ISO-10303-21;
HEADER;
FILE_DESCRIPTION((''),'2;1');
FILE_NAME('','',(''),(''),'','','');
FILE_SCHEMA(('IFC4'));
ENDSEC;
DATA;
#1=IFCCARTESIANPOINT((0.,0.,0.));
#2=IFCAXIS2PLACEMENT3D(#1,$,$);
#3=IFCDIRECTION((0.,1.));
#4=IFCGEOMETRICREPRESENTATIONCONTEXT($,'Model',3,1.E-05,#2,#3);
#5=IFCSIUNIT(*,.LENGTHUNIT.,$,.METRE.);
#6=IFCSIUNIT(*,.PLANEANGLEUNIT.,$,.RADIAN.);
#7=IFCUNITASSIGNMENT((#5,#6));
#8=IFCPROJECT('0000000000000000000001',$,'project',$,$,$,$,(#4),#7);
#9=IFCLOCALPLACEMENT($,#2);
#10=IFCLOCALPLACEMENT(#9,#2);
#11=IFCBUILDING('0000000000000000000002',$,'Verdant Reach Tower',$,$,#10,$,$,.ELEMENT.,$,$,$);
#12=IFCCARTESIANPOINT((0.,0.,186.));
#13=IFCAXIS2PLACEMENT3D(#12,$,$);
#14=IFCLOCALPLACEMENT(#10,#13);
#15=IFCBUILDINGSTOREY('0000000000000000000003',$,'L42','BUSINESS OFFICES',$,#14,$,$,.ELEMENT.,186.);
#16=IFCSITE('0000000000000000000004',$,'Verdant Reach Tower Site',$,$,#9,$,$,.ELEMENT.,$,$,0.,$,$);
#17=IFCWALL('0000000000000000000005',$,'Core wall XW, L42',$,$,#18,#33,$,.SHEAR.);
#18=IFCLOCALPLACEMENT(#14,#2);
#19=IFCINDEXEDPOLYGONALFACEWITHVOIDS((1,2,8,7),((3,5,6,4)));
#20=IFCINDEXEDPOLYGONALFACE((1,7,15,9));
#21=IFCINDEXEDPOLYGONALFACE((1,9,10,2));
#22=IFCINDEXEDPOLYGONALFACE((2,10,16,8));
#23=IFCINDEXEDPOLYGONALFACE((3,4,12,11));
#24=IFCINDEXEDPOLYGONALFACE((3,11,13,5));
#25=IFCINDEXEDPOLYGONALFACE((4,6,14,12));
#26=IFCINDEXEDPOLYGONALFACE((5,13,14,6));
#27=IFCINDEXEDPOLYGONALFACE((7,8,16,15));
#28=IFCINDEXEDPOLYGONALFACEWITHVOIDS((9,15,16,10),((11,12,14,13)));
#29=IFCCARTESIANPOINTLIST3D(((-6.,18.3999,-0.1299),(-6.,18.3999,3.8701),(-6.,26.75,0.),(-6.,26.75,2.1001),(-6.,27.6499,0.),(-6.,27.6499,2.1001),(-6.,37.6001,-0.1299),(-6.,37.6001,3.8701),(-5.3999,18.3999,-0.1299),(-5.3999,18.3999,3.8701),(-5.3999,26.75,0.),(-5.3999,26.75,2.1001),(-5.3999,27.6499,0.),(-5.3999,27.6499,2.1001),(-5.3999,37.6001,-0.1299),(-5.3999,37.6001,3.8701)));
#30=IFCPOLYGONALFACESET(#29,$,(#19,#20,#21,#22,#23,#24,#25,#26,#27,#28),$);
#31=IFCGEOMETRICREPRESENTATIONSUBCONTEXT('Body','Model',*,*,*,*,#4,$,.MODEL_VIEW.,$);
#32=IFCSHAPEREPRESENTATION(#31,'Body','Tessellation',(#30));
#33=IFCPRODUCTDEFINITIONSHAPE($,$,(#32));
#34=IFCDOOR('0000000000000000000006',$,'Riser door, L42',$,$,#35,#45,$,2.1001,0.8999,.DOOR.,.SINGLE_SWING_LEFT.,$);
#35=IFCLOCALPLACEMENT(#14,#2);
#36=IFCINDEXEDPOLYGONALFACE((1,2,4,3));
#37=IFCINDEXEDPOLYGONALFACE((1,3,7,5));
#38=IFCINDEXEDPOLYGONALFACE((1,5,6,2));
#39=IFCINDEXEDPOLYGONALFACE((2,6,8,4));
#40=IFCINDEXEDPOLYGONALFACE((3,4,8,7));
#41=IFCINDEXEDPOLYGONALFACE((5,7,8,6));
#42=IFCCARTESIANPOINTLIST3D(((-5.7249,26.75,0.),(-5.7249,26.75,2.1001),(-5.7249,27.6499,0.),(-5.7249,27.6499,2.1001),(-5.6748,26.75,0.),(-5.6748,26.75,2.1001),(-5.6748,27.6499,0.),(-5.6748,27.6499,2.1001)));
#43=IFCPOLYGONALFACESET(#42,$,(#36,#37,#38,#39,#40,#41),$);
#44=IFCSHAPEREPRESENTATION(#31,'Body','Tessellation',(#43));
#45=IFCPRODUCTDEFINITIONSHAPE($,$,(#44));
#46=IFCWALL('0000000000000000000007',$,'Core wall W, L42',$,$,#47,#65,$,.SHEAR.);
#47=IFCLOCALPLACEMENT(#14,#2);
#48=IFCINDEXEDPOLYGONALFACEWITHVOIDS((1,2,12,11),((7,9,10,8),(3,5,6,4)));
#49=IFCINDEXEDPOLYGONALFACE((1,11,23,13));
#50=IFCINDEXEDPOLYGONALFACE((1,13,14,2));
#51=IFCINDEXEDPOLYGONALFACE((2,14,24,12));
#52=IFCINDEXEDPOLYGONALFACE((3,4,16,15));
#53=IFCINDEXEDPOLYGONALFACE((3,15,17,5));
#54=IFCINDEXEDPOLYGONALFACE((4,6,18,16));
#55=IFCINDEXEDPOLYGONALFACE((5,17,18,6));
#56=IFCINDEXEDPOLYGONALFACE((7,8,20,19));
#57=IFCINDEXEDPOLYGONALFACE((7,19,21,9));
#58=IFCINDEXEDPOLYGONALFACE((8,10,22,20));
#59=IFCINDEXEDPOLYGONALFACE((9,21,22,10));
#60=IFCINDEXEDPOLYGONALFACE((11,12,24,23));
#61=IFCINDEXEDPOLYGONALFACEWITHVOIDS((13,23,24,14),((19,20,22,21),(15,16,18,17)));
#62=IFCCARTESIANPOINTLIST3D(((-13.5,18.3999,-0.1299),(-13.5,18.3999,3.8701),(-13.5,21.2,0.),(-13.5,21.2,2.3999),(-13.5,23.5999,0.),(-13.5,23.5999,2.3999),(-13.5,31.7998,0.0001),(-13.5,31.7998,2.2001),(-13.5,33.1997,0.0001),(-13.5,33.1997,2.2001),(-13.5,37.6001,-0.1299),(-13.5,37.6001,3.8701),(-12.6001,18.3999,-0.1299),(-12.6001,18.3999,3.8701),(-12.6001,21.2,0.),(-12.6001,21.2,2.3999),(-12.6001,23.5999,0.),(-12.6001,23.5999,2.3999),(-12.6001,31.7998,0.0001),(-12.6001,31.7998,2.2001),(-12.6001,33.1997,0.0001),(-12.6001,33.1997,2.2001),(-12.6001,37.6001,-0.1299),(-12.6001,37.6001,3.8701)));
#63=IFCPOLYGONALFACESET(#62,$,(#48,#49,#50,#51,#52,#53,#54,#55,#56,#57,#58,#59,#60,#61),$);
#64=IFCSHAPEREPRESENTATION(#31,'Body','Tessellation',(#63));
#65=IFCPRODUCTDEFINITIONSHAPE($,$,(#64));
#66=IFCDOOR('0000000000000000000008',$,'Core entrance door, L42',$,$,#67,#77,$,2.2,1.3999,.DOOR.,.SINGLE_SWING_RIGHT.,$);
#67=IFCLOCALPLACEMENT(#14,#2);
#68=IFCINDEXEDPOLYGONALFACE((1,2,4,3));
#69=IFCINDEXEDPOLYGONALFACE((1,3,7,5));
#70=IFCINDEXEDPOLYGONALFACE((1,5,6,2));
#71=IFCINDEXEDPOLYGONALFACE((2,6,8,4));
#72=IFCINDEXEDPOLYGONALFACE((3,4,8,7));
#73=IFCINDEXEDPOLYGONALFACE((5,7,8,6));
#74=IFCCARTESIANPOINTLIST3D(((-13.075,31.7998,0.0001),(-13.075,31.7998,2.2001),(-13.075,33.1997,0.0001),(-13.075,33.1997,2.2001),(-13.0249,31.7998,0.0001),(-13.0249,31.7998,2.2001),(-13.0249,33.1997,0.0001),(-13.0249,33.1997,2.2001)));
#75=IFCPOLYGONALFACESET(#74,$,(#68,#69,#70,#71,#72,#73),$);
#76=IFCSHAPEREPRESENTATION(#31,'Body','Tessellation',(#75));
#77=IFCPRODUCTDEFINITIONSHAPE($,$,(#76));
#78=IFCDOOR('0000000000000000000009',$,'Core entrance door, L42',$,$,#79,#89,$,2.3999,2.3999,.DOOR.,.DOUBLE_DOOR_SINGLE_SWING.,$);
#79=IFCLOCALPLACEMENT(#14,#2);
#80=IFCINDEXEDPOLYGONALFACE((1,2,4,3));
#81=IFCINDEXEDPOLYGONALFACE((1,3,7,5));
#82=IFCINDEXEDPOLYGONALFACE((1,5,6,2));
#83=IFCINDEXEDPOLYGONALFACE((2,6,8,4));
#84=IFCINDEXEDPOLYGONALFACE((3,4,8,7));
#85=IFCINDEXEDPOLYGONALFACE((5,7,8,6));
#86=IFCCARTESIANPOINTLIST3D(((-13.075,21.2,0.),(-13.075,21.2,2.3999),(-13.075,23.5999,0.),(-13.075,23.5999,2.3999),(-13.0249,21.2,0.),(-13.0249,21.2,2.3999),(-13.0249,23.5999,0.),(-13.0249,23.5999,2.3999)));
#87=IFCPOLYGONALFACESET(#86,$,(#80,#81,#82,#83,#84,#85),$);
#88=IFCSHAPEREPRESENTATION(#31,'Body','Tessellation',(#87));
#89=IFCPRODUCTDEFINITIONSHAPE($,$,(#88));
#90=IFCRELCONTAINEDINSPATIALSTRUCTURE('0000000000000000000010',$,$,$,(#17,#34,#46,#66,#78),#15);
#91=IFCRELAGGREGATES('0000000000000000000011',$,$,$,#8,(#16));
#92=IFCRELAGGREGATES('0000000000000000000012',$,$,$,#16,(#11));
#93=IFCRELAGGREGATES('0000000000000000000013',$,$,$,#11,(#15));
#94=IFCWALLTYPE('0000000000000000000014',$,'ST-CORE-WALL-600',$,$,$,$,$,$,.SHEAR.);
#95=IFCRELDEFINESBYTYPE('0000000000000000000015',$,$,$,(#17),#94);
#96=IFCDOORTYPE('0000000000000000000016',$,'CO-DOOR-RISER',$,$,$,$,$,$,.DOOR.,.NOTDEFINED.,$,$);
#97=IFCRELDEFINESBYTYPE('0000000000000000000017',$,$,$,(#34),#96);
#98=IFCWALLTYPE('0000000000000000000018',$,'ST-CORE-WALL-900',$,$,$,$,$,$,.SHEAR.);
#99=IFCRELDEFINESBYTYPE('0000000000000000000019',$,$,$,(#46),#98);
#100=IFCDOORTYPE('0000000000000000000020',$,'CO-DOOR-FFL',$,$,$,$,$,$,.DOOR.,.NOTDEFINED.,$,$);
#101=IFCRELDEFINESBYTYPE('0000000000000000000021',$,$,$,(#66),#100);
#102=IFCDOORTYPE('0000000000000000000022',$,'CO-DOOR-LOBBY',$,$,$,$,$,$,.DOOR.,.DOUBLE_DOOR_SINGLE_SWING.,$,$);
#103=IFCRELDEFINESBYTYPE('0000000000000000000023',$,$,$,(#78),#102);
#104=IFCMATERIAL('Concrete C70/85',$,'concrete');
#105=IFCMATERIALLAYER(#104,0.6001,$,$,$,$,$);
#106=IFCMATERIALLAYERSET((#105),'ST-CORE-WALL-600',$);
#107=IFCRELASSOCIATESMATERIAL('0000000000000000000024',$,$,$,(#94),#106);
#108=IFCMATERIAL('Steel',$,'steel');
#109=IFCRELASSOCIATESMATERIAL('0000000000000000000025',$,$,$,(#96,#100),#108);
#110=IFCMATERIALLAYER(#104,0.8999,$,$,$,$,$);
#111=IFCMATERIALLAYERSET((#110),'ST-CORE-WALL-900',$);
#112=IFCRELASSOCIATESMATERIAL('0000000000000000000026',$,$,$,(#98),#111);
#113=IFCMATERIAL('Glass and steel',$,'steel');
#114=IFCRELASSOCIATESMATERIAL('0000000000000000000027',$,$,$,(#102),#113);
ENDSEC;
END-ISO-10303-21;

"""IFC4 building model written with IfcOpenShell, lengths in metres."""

from ifc_helpers import new_model, si_unit, direction, frame, frame_2d, origin, place, context, subcontext, project, spatial, rectangle, extrude, material, layer, layer_set, type_object, element, fill, save


model = new_model("IFC4")

# Units and contexts
model_context = context("Model", 3, precision=1e-05, world=origin(), true_north=direction((0.0, 1.0)))
body_context = subcontext(model_context, "Body", "Model", "MODEL_VIEW")
ifc_project = project(units=[si_unit("LENGTHUNIT", "METRE"), si_unit("PLANEANGLEUNIT", "RADIAN")], contexts=[model_context])

# Site, building, storey
site_placement = place(None, origin())
site = spatial("IfcSite", under=ifc_project, at=site_placement, Name="Verdant Reach Tower Site", CompositionType="ELEMENT", RefElevation=0.0)
building_placement = place(site_placement, origin())
building = spatial("IfcBuilding", under=site, at=building_placement, Name="Verdant Reach Tower", CompositionType="ELEMENT")
storey_placement = place(building_placement, frame((0.0, 0.0, 186.0)))
storey = spatial("IfcBuildingStorey", under=building, at=storey_placement, Name="L42", Description="BUSINESS OFFICES", CompositionType="ELEMENT", Elevation=186.0)

# Wall, opening, door
ifc_material_1 = material(Name="Concrete C70/85", Category="concrete")
ifc_layer_1 = layer(ifc_material_1, 0.6001)
ifc_layer_set_1 = layer_set([ifc_layer_1], Name="ST-CORE-WALL-600")
wall_type_1 = type_object("IfcWallType", Name="ST-CORE-WALL-600", PredefinedType="SHEAR", material=ifc_layer_set_1)
wall_1_placement = place(storey_placement, frame((-5.7, 18.3999, -0.1299), z_axis=(0.0, 0.0, 1.0), x_axis=(0.0, 1.0, 0.0)))
wall_1 = element("IfcWall", 1, at=wall_1_placement, inside=storey, type_object=wall_type_1, Name="Core wall XW, L42", PredefinedType="SHEAR", context=body_context, shape_type="SweptSolid", body=[
    extrude(rectangle(XDim=19.2002, YDim=0.6001, at=frame_2d((9.6001, 0.0))), origin(), (0.0, 0.0, 1.0), 4.0),
])
opening_1_placement = place(wall_1_placement, frame((8.3501, 0.0, 0.1299)))
opening_1 = element("IfcOpeningElement", 2, at=opening_1_placement, cuts=wall_1, PredefinedType="OPENING", context=body_context, shape_type="SweptSolid", body=[
    extrude(rectangle(XDim=0.8999, YDim=2.1001, at=frame_2d((0.45, 1.05))), frame((0.0, 0.3101, 0.0), z_axis=(0.0, -1.0, 0.0), x_axis=(1.0, 0.0, 0.0)), (0.0, 0.0, 1.0), 0.6201),
])
ifc_material_2 = material(Name="Steel", Category="steel")
door_type_1 = type_object("IfcDoorType", Name="CO-DOOR-RISER", OperationType="NOTDEFINED", PredefinedType="DOOR", material=ifc_material_2)
door_1_placement = place(opening_1_placement, origin())
door_1 = element("IfcDoor", 3, at=door_1_placement, inside=storey, type_object=door_type_1, Name="Riser door, L42", OperationType="SINGLE_SWING_LEFT", OverallHeight=2.1001, OverallWidth=0.8999, PredefinedType="DOOR", context=body_context, shape_type="SweptSolid", body=[
    extrude(rectangle(XDim=0.8999, YDim=2.1001, at=frame_2d((0.45, 1.05))), frame((0.0, 0.0249, 0.0), z_axis=(0.0, -1.0, 0.0), x_axis=(1.0, 0.0, 0.0)), (0.0, 0.0, 1.0), 0.05),
])
fill(opening_1, door_1)

# Wall, openings, doors
ifc_layer_2 = layer(ifc_material_1, 0.8999)
ifc_layer_set_2 = layer_set([ifc_layer_2], Name="ST-CORE-WALL-900")
wall_type_2 = type_object("IfcWallType", Name="ST-CORE-WALL-900", PredefinedType="SHEAR", material=ifc_layer_set_2)
wall_2_placement = place(storey_placement, frame((-13.05, 18.3999, -0.1299), z_axis=(0.0, 0.0, 1.0), x_axis=(0.0, 1.0, 0.0)))
wall_2 = element("IfcWall", 4, at=wall_2_placement, inside=storey, type_object=wall_type_2, Name="Core wall W, L42", PredefinedType="SHEAR", context=body_context, shape_type="SweptSolid", body=[
    extrude(rectangle(XDim=19.2002, YDim=0.8999, at=frame_2d((9.6001, 0.0))), origin(), (0.0, 0.0, 1.0), 4.0),
])
opening_2_placement = place(wall_2_placement, frame((2.8, 0.0, 0.1299)))
opening_2 = element("IfcOpeningElement", 5, at=opening_2_placement, cuts=wall_2, PredefinedType="OPENING", context=body_context, shape_type="SweptSolid", body=[
    extrude(rectangle(XDim=2.3999, YDim=2.3999, at=frame_2d((1.2, 1.2))), frame((0.0, 0.46, 0.0), z_axis=(0.0, -1.0, 0.0), x_axis=(1.0, 0.0, 0.0)), (0.0, 0.0, 1.0), 0.9199),
])
opening_3_placement = place(wall_2_placement, frame((13.3999, 0.0, 0.1299)))
opening_3 = element("IfcOpeningElement", 6, at=opening_3_placement, cuts=wall_2, PredefinedType="OPENING", context=body_context, shape_type="SweptSolid", body=[
    extrude(rectangle(XDim=1.3999, YDim=2.2, at=frame_2d((0.7, 1.1001))), frame((0.0, 0.46, 0.0), z_axis=(0.0, -1.0, 0.0), x_axis=(1.0, 0.0, 0.0)), (0.0, 0.0, 1.0), 0.9199),
])
door_type_2 = type_object("IfcDoorType", Name="CO-DOOR-FFL", OperationType="NOTDEFINED", PredefinedType="DOOR", material=ifc_material_2)
door_2_placement = place(opening_3_placement, origin())
door_2 = element("IfcDoor", 7, at=door_2_placement, inside=storey, type_object=door_type_2, Name="Core entrance door, L42", OperationType="SINGLE_SWING_RIGHT", OverallHeight=2.2, OverallWidth=1.3999, PredefinedType="DOOR", context=body_context, shape_type="SweptSolid", body=[
    extrude(rectangle(XDim=1.3999, YDim=2.2, at=frame_2d((0.7, 1.1001))), frame((0.0, 0.0249, 0.0), z_axis=(0.0, -1.0, 0.0), x_axis=(1.0, 0.0, 0.0)), (0.0, 0.0, 1.0), 0.05),
])
fill(opening_3, door_2)
ifc_material_3 = material(Name="Glass and steel", Category="steel")
door_type_3 = type_object("IfcDoorType", Name="CO-DOOR-LOBBY", OperationType="DOUBLE_DOOR_SINGLE_SWING", PredefinedType="DOOR", material=ifc_material_3)
door_3_placement = place(opening_2_placement, origin())
door_3 = element("IfcDoor", 8, at=door_3_placement, inside=storey, type_object=door_type_3, Name="Core entrance door, L42", OperationType="DOUBLE_DOOR_SINGLE_SWING", OverallHeight=2.3999, OverallWidth=2.3999, PredefinedType="DOOR", context=body_context, shape_type="SweptSolid", body=[
    extrude(rectangle(XDim=2.3999, YDim=2.3999, at=frame_2d((1.2, 1.2))), frame((0.0, 0.0249, 0.0), z_axis=(0.0, -1.0, 0.0), x_axis=(1.0, 0.0, 0.0)), (0.0, 0.0, 1.0), 0.05),
])
fill(opening_2, door_3)

save(model, "model.ifc")
